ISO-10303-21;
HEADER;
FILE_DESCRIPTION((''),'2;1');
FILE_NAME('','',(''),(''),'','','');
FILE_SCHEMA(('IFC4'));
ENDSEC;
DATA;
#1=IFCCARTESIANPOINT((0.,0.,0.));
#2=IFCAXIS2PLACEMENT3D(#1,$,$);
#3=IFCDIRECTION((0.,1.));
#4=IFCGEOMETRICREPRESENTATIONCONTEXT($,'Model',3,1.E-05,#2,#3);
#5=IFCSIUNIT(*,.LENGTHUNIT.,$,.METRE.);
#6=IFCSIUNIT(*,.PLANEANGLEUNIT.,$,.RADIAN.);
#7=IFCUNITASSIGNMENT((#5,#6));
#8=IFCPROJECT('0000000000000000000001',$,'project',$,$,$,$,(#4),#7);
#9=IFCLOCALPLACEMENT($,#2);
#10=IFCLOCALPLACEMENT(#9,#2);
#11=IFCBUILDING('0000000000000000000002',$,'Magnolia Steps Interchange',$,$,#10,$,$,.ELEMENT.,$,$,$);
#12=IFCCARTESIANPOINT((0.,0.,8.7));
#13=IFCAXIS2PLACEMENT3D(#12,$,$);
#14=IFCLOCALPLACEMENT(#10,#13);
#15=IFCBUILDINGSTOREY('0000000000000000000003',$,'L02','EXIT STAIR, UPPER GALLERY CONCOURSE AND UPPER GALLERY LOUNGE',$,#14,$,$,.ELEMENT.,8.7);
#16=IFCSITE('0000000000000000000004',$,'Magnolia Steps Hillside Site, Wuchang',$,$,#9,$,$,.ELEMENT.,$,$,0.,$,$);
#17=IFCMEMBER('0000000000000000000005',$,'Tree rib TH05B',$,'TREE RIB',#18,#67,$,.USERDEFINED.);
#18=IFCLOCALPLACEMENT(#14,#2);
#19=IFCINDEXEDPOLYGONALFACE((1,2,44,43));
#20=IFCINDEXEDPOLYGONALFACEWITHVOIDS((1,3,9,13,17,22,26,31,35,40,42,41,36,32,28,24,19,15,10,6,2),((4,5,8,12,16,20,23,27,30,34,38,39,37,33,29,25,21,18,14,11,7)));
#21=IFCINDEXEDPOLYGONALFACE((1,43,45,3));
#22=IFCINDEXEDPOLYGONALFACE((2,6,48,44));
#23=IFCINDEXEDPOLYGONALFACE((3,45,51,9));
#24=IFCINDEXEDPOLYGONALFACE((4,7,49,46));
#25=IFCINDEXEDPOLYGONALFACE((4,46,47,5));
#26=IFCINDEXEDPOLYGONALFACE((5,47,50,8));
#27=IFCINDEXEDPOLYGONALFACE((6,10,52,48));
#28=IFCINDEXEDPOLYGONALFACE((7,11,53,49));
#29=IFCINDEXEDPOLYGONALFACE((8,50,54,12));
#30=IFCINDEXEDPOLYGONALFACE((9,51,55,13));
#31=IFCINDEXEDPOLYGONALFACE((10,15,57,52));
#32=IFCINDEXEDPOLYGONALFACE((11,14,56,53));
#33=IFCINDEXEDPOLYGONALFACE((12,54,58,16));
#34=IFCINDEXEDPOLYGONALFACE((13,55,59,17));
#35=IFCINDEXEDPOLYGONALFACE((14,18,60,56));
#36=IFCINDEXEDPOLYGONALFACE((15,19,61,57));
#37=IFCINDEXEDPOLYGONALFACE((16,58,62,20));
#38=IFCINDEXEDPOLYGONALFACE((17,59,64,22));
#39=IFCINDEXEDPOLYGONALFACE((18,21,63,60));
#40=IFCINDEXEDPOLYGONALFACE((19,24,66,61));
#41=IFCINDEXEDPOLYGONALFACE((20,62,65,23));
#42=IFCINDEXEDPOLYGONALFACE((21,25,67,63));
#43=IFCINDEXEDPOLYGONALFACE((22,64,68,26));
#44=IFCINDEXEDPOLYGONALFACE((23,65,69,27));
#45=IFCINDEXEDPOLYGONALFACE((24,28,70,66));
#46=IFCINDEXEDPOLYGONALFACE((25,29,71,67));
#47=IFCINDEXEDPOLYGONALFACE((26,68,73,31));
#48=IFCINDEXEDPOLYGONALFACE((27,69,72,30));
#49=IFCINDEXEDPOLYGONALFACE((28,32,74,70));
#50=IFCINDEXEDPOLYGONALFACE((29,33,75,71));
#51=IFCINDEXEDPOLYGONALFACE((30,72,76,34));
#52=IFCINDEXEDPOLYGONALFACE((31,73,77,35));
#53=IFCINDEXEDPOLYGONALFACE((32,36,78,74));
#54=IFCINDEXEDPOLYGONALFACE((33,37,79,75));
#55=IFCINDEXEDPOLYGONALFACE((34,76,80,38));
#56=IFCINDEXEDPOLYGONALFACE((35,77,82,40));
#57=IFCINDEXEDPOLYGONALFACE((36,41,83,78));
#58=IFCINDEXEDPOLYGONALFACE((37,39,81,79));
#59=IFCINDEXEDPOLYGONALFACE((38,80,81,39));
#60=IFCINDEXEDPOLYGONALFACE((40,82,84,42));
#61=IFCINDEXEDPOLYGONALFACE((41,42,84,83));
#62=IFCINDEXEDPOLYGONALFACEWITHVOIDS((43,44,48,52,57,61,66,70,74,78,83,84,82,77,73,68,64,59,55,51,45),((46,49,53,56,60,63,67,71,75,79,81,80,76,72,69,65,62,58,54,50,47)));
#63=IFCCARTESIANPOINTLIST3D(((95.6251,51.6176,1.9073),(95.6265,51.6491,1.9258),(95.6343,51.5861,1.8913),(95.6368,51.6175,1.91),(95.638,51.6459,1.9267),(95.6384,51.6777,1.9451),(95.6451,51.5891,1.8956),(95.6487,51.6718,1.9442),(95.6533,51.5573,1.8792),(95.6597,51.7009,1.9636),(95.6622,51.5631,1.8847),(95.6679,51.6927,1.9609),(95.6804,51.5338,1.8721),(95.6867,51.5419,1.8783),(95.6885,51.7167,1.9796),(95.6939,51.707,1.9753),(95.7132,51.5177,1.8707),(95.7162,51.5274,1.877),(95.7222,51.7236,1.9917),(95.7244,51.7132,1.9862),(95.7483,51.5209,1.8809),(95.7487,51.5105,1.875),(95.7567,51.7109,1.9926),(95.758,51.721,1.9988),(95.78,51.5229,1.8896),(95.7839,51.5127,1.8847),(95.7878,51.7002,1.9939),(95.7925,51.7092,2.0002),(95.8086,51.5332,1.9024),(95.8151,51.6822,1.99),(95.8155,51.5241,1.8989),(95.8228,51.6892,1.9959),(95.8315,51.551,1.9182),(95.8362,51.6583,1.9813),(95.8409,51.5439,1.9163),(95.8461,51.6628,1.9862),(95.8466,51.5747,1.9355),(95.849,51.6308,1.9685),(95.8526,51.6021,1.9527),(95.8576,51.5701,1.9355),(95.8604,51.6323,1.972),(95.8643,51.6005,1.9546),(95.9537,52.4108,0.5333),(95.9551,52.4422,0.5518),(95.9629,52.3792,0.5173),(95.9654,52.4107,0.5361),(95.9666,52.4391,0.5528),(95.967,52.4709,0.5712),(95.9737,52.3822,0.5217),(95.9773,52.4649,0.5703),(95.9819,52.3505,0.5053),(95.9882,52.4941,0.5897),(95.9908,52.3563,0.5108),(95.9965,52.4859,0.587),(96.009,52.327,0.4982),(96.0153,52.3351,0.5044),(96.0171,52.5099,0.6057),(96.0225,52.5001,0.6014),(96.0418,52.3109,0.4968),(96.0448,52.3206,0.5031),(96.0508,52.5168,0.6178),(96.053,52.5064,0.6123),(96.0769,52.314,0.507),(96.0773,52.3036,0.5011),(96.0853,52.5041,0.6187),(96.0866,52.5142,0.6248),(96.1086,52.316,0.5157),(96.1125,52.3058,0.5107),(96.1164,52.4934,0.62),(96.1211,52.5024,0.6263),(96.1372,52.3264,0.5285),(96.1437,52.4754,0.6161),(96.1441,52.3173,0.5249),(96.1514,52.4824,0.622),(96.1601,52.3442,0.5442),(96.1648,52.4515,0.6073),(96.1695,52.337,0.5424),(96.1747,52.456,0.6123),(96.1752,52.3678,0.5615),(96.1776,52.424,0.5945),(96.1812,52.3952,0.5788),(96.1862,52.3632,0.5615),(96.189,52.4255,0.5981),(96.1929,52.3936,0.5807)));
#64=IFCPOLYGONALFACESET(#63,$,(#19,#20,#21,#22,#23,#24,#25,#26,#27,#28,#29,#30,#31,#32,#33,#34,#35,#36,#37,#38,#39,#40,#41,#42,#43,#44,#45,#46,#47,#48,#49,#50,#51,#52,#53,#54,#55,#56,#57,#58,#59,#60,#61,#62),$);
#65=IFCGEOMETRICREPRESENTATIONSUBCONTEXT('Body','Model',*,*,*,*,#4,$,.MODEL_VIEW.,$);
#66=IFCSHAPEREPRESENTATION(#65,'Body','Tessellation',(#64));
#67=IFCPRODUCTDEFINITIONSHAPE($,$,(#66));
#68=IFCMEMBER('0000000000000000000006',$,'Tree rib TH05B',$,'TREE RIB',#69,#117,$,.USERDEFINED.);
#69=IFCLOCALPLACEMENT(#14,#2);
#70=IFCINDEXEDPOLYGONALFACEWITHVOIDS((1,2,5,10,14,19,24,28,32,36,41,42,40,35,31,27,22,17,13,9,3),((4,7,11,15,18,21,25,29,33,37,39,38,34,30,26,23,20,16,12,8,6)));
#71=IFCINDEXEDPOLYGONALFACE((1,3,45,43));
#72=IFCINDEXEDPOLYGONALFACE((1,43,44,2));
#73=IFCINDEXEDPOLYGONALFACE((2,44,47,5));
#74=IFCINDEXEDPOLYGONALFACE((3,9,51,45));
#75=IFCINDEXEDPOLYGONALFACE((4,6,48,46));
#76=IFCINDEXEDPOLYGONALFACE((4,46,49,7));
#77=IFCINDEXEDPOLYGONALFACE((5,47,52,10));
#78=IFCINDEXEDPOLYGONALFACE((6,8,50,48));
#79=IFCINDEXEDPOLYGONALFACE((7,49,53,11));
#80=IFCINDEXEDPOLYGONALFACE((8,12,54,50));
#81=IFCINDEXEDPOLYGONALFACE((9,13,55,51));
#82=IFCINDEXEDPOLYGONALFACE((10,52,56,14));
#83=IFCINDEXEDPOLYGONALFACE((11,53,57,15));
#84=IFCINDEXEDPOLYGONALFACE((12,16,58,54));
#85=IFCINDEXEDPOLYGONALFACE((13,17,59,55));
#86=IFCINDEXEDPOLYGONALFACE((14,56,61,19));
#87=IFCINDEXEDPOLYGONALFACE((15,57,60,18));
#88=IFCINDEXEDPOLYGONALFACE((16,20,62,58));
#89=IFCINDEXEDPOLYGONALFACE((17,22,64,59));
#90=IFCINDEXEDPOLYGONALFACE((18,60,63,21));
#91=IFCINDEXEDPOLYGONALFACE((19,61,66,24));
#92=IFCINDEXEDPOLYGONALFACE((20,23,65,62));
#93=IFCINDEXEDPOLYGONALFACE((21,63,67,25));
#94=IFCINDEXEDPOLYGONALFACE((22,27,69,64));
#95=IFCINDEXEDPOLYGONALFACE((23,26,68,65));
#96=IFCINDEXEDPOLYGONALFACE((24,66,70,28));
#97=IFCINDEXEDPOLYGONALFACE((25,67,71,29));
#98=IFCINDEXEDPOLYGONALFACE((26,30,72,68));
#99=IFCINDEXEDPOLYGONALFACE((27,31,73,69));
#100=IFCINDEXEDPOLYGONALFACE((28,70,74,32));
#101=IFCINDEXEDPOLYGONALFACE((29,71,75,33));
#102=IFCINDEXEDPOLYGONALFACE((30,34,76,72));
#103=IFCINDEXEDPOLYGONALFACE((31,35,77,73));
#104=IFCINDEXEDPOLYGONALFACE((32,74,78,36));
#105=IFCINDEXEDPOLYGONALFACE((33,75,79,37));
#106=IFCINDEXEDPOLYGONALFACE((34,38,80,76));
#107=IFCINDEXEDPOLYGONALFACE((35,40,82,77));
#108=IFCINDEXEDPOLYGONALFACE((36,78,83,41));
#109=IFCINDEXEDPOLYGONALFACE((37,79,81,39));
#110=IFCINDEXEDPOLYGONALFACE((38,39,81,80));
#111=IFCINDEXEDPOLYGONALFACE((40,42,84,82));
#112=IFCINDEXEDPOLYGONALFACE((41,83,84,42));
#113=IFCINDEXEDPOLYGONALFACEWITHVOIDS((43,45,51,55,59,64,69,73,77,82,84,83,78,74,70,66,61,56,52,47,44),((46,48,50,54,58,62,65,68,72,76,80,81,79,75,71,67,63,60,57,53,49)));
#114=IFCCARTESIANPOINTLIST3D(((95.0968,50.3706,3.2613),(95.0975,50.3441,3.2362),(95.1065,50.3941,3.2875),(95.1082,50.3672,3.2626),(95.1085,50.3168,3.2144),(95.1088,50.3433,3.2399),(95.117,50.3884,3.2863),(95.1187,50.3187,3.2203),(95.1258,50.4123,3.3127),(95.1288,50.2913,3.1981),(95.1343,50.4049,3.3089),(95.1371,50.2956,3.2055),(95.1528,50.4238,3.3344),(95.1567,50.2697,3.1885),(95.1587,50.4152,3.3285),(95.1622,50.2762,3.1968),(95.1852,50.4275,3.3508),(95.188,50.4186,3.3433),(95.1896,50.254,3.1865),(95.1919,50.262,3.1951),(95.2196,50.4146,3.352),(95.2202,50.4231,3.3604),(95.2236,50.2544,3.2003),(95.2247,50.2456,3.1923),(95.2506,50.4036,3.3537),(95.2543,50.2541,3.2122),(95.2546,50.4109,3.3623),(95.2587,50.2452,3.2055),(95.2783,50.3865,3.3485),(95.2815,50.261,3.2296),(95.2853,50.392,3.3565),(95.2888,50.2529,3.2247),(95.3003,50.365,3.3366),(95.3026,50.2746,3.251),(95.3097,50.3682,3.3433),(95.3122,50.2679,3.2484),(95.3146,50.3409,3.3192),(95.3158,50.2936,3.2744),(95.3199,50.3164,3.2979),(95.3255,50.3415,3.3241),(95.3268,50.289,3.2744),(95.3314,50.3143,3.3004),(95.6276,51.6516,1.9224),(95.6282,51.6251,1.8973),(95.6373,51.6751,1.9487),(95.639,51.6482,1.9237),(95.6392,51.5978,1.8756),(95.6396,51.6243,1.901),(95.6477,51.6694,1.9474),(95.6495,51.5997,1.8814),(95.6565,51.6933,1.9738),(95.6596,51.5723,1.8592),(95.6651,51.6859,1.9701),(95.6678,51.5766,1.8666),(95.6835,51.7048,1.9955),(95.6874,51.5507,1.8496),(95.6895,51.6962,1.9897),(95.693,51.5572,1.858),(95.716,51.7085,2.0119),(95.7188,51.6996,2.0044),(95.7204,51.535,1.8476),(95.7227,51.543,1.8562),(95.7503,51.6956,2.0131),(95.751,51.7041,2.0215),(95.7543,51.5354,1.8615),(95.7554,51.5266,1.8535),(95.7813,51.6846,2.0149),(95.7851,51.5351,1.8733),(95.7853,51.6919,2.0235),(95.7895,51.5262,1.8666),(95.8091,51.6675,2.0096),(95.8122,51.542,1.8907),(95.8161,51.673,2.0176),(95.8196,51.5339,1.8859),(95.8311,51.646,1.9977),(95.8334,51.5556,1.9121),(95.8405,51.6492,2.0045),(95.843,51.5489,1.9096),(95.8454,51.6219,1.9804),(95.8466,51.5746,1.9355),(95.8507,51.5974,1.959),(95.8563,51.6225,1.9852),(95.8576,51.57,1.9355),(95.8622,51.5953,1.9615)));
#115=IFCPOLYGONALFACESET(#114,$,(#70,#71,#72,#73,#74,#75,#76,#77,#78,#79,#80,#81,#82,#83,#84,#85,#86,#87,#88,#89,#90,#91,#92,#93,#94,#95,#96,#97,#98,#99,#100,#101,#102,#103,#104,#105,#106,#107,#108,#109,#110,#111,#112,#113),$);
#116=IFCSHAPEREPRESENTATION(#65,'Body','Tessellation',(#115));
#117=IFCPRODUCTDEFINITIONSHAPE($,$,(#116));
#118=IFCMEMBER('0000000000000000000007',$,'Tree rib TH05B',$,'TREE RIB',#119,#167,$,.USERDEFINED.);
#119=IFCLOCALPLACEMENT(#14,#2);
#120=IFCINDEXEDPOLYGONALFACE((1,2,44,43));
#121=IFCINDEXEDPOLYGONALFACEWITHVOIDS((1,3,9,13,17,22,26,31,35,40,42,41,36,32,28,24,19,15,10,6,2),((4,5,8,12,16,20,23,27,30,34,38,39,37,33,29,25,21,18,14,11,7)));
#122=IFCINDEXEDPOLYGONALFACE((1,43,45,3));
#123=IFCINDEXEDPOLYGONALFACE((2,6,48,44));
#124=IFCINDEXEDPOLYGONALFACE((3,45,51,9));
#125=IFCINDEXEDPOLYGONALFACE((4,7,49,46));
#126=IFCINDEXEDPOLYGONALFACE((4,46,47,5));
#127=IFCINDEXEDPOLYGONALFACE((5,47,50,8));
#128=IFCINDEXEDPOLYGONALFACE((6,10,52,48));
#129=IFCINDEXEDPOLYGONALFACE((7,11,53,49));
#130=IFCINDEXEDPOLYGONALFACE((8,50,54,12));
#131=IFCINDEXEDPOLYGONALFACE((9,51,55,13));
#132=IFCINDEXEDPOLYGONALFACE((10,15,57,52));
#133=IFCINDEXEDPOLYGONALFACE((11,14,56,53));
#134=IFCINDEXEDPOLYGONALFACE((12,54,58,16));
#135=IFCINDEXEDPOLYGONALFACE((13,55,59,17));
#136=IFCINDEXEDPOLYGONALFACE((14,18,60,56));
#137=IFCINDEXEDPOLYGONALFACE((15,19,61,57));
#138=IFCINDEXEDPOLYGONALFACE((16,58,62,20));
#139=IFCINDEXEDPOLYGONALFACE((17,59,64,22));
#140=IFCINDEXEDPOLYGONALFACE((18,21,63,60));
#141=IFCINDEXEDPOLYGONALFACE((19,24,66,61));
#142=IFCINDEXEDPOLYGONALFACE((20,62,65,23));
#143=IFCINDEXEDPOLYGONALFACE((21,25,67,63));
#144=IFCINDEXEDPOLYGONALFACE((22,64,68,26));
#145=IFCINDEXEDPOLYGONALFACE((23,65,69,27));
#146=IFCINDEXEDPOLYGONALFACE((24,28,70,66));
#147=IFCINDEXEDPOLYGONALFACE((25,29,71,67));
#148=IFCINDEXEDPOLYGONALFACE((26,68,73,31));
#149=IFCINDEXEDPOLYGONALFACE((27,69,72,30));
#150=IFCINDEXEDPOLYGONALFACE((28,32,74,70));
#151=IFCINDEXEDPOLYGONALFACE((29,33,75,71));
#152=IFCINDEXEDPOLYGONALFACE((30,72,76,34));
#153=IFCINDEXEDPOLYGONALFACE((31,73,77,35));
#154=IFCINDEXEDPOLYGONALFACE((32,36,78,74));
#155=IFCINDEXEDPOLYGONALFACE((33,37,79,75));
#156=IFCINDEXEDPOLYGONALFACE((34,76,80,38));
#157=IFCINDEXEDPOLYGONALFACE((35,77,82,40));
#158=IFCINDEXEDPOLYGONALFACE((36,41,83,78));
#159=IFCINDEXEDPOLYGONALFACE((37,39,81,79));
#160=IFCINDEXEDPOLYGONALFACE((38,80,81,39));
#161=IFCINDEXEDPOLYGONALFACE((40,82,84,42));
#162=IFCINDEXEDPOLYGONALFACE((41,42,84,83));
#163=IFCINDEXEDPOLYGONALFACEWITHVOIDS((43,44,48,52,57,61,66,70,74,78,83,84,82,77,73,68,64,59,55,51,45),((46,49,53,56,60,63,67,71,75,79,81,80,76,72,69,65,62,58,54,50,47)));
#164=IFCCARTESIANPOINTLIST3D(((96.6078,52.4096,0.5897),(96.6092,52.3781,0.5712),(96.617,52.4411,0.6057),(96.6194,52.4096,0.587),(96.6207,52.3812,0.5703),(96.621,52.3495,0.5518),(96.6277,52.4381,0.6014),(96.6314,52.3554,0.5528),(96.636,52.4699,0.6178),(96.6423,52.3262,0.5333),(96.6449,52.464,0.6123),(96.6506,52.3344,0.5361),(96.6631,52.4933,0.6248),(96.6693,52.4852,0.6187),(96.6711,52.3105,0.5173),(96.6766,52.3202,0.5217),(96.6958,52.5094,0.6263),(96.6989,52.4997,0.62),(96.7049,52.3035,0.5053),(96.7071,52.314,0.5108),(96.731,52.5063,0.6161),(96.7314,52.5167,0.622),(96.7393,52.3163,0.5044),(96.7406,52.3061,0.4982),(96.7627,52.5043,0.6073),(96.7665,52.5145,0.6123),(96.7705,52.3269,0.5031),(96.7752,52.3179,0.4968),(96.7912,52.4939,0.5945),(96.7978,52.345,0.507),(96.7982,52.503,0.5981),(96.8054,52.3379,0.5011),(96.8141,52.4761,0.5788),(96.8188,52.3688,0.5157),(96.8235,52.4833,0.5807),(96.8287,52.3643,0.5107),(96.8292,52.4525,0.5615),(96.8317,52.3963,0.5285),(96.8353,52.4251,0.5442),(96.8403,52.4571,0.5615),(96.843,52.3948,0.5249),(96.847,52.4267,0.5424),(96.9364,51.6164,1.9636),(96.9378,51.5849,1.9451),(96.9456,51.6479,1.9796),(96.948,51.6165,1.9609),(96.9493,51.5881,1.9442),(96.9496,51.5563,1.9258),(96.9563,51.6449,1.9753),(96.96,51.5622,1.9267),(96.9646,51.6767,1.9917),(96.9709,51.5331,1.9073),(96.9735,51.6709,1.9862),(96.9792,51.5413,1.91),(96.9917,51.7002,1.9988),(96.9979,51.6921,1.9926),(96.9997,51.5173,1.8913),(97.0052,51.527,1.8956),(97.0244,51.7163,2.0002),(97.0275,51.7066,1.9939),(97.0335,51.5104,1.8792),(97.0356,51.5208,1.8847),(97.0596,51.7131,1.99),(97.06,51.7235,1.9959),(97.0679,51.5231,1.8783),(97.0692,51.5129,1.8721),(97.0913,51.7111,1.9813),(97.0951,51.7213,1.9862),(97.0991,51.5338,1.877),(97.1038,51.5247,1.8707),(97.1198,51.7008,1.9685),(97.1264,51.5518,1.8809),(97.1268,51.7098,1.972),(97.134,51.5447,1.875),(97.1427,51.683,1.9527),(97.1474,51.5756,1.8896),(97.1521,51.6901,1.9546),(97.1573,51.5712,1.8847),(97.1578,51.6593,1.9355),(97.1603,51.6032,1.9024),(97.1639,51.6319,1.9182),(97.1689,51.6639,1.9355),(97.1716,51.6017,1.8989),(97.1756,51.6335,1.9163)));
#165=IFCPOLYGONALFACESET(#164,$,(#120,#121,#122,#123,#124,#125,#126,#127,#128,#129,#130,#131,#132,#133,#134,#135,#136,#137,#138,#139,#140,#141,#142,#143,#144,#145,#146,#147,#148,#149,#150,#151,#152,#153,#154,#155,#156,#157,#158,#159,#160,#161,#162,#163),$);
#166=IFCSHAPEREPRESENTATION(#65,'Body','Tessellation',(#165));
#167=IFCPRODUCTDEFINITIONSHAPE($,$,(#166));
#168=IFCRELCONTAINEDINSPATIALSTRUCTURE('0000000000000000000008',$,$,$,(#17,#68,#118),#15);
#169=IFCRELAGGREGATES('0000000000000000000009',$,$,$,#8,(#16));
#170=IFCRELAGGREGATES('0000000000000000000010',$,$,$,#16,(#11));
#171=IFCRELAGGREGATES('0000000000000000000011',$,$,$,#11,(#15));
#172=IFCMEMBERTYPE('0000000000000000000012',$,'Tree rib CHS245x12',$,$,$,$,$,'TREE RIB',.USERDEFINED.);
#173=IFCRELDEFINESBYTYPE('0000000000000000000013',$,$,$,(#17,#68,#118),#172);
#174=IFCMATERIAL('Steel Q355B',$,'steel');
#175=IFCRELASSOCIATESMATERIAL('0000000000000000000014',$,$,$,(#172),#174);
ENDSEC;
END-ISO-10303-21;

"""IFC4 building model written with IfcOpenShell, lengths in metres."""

from ifc_helpers import new_model, si_unit, direction, frame, origin, origin_2d, place, context, subcontext, project, spatial, hollow_circle, extrude, material, material_profile, profile_set, type_object, element, save


model = new_model("IFC4")

# Units and contexts
model_context = context("Model", 3, precision=1e-05, world=origin(), true_north=direction((0.0, 1.0)))
body_context = subcontext(model_context, "Body", "Model", "MODEL_VIEW")
ifc_project = project(units=[si_unit("LENGTHUNIT", "METRE"), si_unit("PLANEANGLEUNIT", "RADIAN")], contexts=[model_context])

# Site, building, storey
site_placement = place(None, origin())
site = spatial("IfcSite", under=ifc_project, at=site_placement, Name="Magnolia Steps Hillside Site, Wuchang", CompositionType="ELEMENT", RefElevation=0.0)
building_placement = place(site_placement, origin())
building = spatial("IfcBuilding", under=site, at=building_placement, Name="Magnolia Steps Interchange", CompositionType="ELEMENT")
storey_placement = place(building_placement, frame((0.0, 0.0, 8.7)))
storey = spatial("IfcBuildingStorey", under=building, at=storey_placement, Name="L02", Description="EXIT STAIR, UPPER GALLERY CONCOURSE AND UPPER GALLERY LOUNGE", CompositionType="ELEMENT", Elevation=8.7)

# Members
ifc_material_1 = material(Name="Steel Q355B", Category="steel")
ifc_material_profile_1 = material_profile(ifc_material_1, hollow_circle(Radius=0.1226, WallThickness=0.012, at=origin_2d()), Name="CHS245x12")
ifc_profile_set_1 = profile_set([ifc_material_profile_1], Name="Steel Q355B")
member_type = type_object("IfcMemberType", Name="Tree rib CHS245x12", ElementType="TREE RIB", PredefinedType="USERDEFINED", material=ifc_profile_set_1)
for number, where, z_axis, x_axis, name in (
    (1, (96.073, 52.4102, 0.5615), (-0.20282, -0.489571, 0.848047), (0.923857, -0.382737, 0.0), "Tree rib TH05B"),
):
    element("IfcMember", number, at=place(storey_placement, frame(where, z_axis=z_axis, x_axis=x_axis)), inside=storey, type_object=member_type, Name=name, ObjectType="TREE RIB", PredefinedType="USERDEFINED", context=body_context, shape_type="SweptSolid", body=[
        extrude(hollow_circle(Radius=0.1226, WallThickness=0.012, at=origin_2d()), origin(), (0.0, 0.0, 1.0), 1.6201),
    ])
member_1_placement = place(storey_placement, frame((95.7444, 51.6169, 1.9355), z_axis=(-0.275363, -0.664595, 0.694614), x_axis=(0.923841, -0.382777, 0.0)))
element("IfcMember", 2, at=member_1_placement, inside=storey, type_object=member_type, Name="Tree rib TH05B", ObjectType="TREE RIB", PredefinedType="USERDEFINED", context=body_context, shape_type="SweptSolid", body=[
    extrude(hollow_circle(Radius=0.1226, WallThickness=0.012, at=origin_2d()), origin(), (0.0, 0.0, 1.0), 1.9275),
])
member_2_placement = place(storey_placement, frame((96.7271, 52.4102, 0.5615), z_axis=(0.20282, -0.489571, 0.848047), x_axis=(0.923857, 0.382737, 0.0)))
element("IfcMember", 3, at=member_2_placement, inside=storey, type_object=member_type, Name="Tree rib TH05B", ObjectType="TREE RIB", PredefinedType="USERDEFINED", context=body_context, shape_type="SweptSolid", body=[
    extrude(hollow_circle(Radius=0.1226, WallThickness=0.012, at=origin_2d()), origin(), (0.0, 0.0, 1.0), 1.6201),
])

save(model, "model.ifc")
